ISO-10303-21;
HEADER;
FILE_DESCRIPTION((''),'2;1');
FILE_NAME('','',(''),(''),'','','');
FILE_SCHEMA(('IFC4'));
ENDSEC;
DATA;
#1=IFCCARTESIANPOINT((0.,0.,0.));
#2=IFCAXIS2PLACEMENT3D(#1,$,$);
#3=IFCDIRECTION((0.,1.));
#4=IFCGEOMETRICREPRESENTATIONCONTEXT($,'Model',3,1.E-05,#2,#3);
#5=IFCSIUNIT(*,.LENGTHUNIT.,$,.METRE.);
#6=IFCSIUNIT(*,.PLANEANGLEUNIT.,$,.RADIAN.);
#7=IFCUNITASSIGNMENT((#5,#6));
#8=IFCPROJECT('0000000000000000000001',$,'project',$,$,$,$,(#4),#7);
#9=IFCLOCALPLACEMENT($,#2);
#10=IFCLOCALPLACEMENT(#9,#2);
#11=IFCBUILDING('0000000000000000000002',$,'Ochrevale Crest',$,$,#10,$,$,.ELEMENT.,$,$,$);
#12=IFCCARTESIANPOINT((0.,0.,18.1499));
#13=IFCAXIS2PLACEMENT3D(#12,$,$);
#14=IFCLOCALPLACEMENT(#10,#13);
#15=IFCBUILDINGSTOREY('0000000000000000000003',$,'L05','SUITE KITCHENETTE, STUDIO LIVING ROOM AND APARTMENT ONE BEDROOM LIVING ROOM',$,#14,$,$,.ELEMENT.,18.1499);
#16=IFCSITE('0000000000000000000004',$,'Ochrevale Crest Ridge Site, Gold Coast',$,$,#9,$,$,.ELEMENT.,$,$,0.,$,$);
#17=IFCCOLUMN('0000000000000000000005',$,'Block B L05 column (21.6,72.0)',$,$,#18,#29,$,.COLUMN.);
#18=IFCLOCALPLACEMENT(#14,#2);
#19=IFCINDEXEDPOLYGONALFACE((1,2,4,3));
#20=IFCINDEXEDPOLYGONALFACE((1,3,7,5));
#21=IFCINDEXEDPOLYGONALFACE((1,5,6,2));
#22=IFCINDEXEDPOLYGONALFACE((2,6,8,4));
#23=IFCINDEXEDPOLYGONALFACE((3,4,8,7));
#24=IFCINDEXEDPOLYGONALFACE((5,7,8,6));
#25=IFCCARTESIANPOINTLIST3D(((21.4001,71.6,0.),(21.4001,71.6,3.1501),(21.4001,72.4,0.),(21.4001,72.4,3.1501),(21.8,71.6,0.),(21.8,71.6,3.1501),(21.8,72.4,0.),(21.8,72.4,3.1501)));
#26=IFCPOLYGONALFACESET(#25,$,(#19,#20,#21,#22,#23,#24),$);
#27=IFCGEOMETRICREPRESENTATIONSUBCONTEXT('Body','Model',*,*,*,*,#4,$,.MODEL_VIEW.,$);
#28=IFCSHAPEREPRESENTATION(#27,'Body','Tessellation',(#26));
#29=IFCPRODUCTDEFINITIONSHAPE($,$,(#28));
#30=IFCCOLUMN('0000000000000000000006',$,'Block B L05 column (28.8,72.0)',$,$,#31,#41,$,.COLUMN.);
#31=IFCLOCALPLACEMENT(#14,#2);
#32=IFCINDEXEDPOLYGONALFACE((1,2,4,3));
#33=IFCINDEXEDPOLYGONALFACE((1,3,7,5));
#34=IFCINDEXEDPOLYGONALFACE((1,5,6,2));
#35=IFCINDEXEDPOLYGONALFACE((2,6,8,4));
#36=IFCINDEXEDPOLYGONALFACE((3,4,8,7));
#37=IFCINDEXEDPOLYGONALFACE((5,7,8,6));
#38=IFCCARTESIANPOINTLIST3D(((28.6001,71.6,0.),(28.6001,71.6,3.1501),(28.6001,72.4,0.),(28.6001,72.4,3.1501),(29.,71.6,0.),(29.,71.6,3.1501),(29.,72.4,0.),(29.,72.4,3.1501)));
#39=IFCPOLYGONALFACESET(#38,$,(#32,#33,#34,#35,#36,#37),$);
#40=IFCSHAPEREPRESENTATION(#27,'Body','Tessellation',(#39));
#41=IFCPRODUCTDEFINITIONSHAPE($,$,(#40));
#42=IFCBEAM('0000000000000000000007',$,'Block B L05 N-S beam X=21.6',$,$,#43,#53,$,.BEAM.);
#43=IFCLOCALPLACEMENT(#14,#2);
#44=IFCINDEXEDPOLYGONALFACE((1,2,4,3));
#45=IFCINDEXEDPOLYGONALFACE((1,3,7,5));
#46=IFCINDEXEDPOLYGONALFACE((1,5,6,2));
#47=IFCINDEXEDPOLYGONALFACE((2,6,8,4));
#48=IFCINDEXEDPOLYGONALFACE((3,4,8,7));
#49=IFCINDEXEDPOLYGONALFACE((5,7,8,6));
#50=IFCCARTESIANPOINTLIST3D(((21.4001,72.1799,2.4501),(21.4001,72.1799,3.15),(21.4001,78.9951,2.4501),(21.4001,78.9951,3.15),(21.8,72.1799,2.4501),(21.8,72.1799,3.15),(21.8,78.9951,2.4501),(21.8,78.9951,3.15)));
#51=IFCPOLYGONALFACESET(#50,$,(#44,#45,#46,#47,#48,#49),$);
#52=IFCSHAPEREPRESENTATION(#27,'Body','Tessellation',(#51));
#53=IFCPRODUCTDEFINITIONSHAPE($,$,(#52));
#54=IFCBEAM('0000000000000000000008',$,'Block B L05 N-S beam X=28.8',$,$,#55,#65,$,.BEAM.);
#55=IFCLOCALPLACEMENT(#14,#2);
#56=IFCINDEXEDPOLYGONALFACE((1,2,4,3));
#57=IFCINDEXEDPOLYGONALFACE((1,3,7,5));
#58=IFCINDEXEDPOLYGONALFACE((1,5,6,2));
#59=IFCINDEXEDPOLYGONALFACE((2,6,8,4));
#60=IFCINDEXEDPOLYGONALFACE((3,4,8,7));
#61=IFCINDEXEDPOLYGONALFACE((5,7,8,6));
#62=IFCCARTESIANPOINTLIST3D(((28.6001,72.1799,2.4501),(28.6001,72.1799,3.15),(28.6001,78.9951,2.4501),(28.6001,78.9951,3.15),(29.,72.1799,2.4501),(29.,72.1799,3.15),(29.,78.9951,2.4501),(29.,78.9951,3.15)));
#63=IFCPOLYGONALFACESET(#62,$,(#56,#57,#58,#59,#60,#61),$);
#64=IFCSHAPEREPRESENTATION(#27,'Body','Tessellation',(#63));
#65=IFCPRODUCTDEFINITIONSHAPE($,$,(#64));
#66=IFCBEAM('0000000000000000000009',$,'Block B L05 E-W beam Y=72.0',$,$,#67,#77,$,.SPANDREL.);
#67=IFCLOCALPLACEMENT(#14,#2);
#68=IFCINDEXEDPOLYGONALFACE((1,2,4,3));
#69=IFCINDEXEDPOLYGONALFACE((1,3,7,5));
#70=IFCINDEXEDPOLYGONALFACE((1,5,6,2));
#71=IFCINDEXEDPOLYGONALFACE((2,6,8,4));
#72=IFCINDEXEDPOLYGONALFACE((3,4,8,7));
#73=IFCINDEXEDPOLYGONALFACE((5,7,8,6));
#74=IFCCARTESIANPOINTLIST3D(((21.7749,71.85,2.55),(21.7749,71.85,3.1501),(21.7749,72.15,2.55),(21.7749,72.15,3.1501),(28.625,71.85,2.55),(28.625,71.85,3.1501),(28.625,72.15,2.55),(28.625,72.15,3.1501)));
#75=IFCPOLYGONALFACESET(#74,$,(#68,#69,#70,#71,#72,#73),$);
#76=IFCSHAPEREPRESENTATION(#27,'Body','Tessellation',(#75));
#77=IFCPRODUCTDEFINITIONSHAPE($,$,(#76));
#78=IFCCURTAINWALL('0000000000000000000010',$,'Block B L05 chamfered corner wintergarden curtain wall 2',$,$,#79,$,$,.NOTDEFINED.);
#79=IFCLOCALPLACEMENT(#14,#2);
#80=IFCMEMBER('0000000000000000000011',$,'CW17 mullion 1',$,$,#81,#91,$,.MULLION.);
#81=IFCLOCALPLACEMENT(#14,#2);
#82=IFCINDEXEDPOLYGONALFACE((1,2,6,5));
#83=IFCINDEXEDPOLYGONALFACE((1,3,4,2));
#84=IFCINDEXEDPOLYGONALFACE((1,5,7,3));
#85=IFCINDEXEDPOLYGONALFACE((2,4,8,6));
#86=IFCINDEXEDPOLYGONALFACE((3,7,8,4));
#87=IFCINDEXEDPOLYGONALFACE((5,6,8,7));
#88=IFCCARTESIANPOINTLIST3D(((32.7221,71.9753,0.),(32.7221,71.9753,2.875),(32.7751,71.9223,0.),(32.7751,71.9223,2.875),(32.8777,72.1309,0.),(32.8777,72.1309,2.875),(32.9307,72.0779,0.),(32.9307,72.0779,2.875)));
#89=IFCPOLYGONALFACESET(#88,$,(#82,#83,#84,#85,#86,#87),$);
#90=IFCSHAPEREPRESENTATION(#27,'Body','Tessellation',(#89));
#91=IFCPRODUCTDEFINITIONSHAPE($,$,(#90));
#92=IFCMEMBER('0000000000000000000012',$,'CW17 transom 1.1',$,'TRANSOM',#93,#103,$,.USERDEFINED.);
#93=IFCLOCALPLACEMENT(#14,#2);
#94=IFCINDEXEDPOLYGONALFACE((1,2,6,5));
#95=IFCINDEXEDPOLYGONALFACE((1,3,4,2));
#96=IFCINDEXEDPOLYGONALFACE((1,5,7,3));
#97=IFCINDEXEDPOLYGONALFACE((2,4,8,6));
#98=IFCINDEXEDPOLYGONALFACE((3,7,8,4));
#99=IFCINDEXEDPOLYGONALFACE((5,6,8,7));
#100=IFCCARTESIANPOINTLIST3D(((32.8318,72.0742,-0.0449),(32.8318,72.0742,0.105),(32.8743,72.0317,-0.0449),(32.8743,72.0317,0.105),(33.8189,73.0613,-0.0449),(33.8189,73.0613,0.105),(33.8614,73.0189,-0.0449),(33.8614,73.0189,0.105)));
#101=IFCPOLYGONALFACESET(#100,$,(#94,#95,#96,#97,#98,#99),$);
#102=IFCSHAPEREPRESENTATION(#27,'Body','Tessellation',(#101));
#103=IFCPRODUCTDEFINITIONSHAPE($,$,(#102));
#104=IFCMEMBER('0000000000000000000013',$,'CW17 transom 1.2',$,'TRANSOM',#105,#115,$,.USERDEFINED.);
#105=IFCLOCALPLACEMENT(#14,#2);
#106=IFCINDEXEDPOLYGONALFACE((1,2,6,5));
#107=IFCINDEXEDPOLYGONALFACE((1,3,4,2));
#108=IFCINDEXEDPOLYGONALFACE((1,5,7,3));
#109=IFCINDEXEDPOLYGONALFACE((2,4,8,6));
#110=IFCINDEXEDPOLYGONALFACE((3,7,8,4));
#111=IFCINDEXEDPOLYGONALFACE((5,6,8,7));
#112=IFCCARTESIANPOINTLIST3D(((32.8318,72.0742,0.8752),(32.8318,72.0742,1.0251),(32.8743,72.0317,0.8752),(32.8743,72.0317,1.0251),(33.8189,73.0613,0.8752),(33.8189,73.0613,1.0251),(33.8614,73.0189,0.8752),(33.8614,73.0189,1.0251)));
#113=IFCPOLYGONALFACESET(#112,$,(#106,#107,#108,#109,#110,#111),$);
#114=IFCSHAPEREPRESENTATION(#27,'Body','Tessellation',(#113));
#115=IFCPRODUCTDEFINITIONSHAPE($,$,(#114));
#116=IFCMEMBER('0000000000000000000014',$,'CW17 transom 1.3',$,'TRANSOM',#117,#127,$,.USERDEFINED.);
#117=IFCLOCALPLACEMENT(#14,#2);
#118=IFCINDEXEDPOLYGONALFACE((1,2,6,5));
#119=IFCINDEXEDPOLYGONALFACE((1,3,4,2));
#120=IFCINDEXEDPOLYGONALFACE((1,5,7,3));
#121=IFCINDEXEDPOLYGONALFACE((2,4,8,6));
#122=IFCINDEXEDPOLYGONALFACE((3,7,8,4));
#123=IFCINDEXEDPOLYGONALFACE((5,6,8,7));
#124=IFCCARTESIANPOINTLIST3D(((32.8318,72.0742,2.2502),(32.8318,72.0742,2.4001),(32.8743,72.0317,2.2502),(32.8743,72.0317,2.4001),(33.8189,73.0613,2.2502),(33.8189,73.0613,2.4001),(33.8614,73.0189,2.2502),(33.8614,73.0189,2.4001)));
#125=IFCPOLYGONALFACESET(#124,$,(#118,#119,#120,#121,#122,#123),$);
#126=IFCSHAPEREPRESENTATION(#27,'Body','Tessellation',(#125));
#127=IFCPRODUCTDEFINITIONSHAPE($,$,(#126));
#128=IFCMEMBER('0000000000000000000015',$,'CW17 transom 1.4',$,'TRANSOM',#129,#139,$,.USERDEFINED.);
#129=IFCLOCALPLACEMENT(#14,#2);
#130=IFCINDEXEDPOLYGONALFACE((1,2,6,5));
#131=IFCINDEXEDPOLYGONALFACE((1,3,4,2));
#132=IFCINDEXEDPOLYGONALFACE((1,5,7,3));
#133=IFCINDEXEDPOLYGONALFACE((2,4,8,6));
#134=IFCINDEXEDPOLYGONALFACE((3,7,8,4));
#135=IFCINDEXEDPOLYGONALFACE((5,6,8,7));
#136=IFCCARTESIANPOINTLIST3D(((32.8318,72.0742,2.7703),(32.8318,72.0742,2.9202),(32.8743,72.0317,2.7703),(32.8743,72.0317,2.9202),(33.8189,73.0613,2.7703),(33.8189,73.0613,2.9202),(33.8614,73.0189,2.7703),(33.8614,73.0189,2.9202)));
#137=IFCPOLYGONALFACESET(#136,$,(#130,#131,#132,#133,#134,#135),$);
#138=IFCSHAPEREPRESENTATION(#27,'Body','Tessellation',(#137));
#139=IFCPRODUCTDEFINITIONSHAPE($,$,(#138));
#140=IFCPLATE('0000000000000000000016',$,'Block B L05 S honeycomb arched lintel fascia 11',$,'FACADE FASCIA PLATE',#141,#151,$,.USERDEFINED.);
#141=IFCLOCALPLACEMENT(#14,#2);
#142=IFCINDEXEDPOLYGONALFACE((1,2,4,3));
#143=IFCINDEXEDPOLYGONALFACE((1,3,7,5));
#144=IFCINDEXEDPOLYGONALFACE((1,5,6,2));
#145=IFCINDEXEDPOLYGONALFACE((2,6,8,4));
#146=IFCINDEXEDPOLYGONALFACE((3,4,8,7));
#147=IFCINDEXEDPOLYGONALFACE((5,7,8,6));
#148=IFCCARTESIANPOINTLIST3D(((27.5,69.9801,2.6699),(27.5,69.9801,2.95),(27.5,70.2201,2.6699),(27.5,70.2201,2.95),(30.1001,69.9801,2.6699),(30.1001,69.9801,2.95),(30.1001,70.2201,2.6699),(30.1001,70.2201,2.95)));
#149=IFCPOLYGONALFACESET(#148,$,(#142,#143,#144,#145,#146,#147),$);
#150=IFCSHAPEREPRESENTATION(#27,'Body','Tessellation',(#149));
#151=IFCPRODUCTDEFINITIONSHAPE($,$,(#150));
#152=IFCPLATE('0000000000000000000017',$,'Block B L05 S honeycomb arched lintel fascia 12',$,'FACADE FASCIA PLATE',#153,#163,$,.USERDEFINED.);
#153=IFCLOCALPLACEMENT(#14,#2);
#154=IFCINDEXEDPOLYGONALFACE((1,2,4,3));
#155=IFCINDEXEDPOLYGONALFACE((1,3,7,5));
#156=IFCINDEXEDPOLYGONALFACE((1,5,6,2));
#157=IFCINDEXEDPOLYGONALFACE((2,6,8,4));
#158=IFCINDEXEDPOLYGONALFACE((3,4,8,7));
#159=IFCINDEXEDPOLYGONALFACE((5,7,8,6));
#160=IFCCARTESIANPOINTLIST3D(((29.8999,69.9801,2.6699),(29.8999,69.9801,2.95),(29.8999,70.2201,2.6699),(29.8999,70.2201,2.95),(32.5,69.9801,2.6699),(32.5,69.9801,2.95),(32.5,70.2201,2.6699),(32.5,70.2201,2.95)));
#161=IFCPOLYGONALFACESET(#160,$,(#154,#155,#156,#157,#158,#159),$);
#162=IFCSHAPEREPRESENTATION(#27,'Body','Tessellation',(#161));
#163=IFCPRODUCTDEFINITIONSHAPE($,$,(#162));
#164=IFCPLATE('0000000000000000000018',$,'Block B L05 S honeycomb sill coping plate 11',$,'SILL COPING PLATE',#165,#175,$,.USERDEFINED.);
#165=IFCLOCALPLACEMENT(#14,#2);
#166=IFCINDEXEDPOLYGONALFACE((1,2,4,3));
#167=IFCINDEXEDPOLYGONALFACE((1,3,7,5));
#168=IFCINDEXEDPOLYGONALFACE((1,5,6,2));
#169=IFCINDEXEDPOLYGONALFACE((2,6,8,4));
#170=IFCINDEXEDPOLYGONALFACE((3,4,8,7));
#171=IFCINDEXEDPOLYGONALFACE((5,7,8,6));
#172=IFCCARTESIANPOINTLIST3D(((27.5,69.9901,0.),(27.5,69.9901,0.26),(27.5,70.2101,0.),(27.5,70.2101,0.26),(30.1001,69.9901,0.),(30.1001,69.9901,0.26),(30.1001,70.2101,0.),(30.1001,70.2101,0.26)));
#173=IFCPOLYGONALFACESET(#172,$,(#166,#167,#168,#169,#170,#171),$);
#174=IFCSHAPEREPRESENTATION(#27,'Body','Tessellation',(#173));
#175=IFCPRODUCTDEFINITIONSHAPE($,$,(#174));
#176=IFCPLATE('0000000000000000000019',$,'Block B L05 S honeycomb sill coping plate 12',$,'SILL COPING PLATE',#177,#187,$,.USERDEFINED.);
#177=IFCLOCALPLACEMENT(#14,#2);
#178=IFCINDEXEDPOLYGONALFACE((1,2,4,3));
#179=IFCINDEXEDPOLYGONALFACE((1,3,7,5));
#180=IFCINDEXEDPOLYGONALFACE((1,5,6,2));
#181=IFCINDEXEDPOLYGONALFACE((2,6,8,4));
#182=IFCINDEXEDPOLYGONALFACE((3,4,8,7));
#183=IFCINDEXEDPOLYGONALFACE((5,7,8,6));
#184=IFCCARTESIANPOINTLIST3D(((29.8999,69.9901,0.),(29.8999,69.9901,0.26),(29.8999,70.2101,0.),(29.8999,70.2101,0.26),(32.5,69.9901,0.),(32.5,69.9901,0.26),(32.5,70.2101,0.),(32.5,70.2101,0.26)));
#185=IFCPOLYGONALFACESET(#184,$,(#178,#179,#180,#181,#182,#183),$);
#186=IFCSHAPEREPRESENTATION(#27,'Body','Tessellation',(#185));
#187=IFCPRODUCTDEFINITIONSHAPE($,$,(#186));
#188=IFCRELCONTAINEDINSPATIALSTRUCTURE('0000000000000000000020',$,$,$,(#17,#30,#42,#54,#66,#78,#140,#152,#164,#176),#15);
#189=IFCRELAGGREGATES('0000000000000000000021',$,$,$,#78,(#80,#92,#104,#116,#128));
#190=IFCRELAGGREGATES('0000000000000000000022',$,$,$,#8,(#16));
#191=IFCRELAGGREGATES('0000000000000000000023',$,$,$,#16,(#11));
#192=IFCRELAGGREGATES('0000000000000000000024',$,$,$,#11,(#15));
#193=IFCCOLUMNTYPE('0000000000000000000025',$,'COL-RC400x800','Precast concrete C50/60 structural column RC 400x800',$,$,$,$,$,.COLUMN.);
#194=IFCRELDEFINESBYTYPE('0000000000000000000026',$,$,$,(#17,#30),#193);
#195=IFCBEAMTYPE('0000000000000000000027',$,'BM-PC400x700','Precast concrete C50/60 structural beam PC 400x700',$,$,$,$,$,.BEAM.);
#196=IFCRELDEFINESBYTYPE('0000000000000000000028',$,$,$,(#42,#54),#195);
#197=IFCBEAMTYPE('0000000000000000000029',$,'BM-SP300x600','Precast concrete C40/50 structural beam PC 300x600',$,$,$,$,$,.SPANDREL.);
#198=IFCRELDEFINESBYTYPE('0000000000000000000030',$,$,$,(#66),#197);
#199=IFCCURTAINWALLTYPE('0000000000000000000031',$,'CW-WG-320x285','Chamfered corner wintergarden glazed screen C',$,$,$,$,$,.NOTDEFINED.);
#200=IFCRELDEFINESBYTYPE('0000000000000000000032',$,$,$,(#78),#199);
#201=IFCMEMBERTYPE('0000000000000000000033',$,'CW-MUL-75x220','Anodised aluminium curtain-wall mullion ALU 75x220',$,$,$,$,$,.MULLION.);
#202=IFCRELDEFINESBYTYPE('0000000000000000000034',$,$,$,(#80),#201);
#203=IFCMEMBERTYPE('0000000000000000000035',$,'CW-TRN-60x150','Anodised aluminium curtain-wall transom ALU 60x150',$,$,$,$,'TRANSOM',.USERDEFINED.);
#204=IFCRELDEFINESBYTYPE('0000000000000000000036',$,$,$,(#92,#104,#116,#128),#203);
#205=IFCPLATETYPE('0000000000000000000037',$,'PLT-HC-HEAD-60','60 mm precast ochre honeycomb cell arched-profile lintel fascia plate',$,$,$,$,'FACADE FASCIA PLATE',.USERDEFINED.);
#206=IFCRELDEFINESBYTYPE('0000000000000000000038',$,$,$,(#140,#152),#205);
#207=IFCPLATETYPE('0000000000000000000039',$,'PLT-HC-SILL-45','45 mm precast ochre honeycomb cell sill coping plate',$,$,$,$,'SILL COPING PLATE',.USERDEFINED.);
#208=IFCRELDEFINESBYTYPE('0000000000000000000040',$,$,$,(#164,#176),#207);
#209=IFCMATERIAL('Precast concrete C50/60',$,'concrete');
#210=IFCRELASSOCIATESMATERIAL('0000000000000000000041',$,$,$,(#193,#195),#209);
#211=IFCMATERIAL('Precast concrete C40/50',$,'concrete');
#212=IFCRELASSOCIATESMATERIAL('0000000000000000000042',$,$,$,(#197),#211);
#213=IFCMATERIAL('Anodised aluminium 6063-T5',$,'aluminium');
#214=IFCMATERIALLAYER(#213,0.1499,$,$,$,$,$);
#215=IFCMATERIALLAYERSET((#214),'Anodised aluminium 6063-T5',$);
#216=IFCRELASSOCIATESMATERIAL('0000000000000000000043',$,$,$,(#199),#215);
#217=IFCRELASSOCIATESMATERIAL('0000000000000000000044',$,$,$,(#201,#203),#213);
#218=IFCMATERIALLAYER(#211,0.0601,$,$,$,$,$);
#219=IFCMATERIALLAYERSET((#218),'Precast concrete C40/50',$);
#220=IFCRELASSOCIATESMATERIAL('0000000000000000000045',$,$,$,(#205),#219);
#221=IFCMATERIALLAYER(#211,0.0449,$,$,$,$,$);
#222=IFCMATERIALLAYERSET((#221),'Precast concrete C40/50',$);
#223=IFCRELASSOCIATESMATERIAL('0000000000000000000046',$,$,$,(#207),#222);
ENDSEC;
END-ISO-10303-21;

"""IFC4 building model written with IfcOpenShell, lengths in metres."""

from ifc_helpers import new_model, si_unit, direction, frame, origin, origin_2d, place, context, subcontext, project, spatial, rectangle, extrude, material, layer, layer_set, material_profile, profile_set, type_object, element, aggregate, save


model = new_model("IFC4")

# Units and contexts
model_context = context("Model", 3, precision=1e-05, world=origin(), true_north=direction((0.0, 1.0)))
body_context = subcontext(model_context, "Body", "Model", "MODEL_VIEW")
ifc_project = project(units=[si_unit("LENGTHUNIT", "METRE"), si_unit("PLANEANGLEUNIT", "RADIAN")], contexts=[model_context])

# Site, building, storey
site_placement = place(None, origin())
site = spatial("IfcSite", under=ifc_project, at=site_placement, Name="Ochrevale Crest Ridge Site, Gold Coast", CompositionType="ELEMENT", RefElevation=0.0)
building_placement = place(site_placement, origin())
building = spatial("IfcBuilding", under=site, at=building_placement, Name="Ochrevale Crest", CompositionType="ELEMENT")
storey_placement = place(building_placement, frame((0.0, 0.0, 18.1499)))
storey = spatial("IfcBuildingStorey", under=building, at=storey_placement, Name="L05", Description="SUITE KITCHENETTE, STUDIO LIVING ROOM AND APARTMENT ONE BEDROOM LIVING ROOM", CompositionType="ELEMENT", Elevation=18.1499)

# Columns
ifc_material_1 = material(Name="Precast concrete C50/60", Category="concrete")
ifc_material_profile_1 = material_profile(ifc_material_1, rectangle(XDim=0.3999, YDim=0.8, at=origin_2d()), Name="RC 400x800")
ifc_profile_set_1 = profile_set([ifc_material_profile_1], Name="Precast concrete C50/60")
column_type = type_object("IfcColumnType", Name="COL-RC400x800", Description="Precast concrete C50/60 structural column RC 400x800", PredefinedType="COLUMN", material=ifc_profile_set_1)
for number, where, z_axis, x_axis, name in (
    (1, (21.6001, 72.0, 0.0), (0.0, 0.0, 1.0), (1.0, 0.0, 0.0), "Block B L05 column (21.6,72.0)"),
    (2, (28.8, 72.0, 0.0), (0.0, 0.0, 1.0), (1.0, 0.0, 0.0), "Block B L05 column (28.8,72.0)"),
):
    element("IfcColumn", number, at=place(storey_placement, frame(where, z_axis=z_axis, x_axis=x_axis)), inside=storey, type_object=column_type, Name=name, PredefinedType="COLUMN", context=body_context, shape_type="SweptSolid", body=[
        extrude(rectangle(XDim=0.3999, YDim=0.8, at=origin_2d()), origin(), (0.0, 0.0, 1.0), 3.1501),
    ])

# Beams
ifc_material_profile_2 = material_profile(ifc_material_1, rectangle(XDim=0.3999, YDim=0.7, at=origin_2d()), Name="PC 400x700")
ifc_profile_set_2 = profile_set([ifc_material_profile_2], Name="Precast concrete C50/60")
beam_type_1 = type_object("IfcBeamType", Name="BM-PC400x700", Description="Precast concrete C50/60 structural beam PC 400x700", PredefinedType="BEAM", material=ifc_profile_set_2)
for number, where, z_axis, x_axis, name in (
    (3, (21.6001, 72.1799, 2.8), (0.0, 1.0, 0.0), (-1.0, 0.0, 0.0), "Block B L05 N-S beam X=21.6"),
    (4, (28.8, 72.1799, 2.8), (0.0, 1.0, 0.0), (-1.0, 0.0, 0.0), "Block B L05 N-S beam X=28.8"),
):
    element("IfcBeam", number, at=place(storey_placement, frame(where, z_axis=z_axis, x_axis=x_axis)), inside=storey, type_object=beam_type_1, Name=name, PredefinedType="BEAM", context=body_context, shape_type="SweptSolid", body=[
        extrude(rectangle(XDim=0.3999, YDim=0.7, at=origin_2d()), origin(), (0.0, 0.0, 1.0), 6.8152),
    ])
ifc_material_2 = material(Name="Precast concrete C40/50", Category="concrete")
ifc_material_profile_3 = material_profile(ifc_material_2, rectangle(XDim=0.3, YDim=0.6001, at=origin_2d()), Name="PC 300x600")
ifc_profile_set_3 = profile_set([ifc_material_profile_3], Name="Precast concrete C40/50")
beam_type_2 = type_object("IfcBeamType", Name="BM-SP300x600", Description="Precast concrete C40/50 structural beam PC 300x600", PredefinedType="SPANDREL", material=ifc_profile_set_3)
beam_placement = place(storey_placement, frame((21.7749, 72.0, 2.8501), z_axis=(1.0, 0.0, 0.0), x_axis=(0.0, 1.0, 0.0)))
element("IfcBeam", 5, at=beam_placement, inside=storey, type_object=beam_type_2, Name="Block B L05 E-W beam Y=72.0", PredefinedType="SPANDREL", context=body_context, shape_type="SweptSolid", body=[
    extrude(rectangle(XDim=0.3, YDim=0.6001, at=origin_2d()), origin(), (0.0, 0.0, 1.0), 6.8501),
])

# Curtain wall, members
ifc_material_3 = material(Name="Anodised aluminium 6063-T5", Category="aluminium")
ifc_layer_1 = layer(ifc_material_3, 0.1499)
ifc_layer_set_1 = layer_set([ifc_layer_1], Name="Anodised aluminium 6063-T5")
curtain_wall_type = type_object("IfcCurtainWallType", Name="CW-WG-320x285", Description="Chamfered corner wintergarden glazed screen C", PredefinedType="NOTDEFINED", material=ifc_layer_set_1)
curtain_wall_placement = place(storey_placement, origin())
curtain_wall = element("IfcCurtainWall", 6, at=curtain_wall_placement, inside=storey, type_object=curtain_wall_type, Name="Block B L05 chamfered corner wintergarden curtain wall 2", PredefinedType="NOTDEFINED")
ifc_material_profile_4 = material_profile(ifc_material_3, rectangle(XDim=0.075, YDim=0.22, at=origin_2d()), Name="ALU 75x220")
ifc_profile_set_4 = profile_set([ifc_material_profile_4], Name="Anodised aluminium 6063-T5")
member_type_1 = type_object("IfcMemberType", Name="CW-MUL-75x220", Description="Anodised aluminium curtain-wall mullion ALU 75x220", PredefinedType="MULLION", material=ifc_profile_set_4)
member_1_placement = place(storey_placement, frame((32.8264, 72.0266, 0.0), z_axis=(0.0, 0.0, 1.0), x_axis=(-0.707107, 0.707107, 0.0)))
member_1 = element("IfcMember", 7, at=member_1_placement, type_object=member_type_1, Name="CW17 mullion 1", PredefinedType="MULLION", context=body_context, shape_type="SweptSolid", body=[
    extrude(rectangle(XDim=0.075, YDim=0.22, at=origin_2d()), origin(), (0.0, 0.0, 1.0), 2.875),
])
ifc_material_profile_5 = material_profile(ifc_material_3, rectangle(XDim=0.0601, YDim=0.1499, at=origin_2d()), Name="ALU 60x150")
ifc_profile_set_5 = profile_set([ifc_material_profile_5], Name="Anodised aluminium 6063-T5")
member_type_2 = type_object("IfcMemberType", Name="CW-TRN-60x150", Description="Anodised aluminium curtain-wall transom ALU 60x150", ElementType="TRANSOM", PredefinedType="USERDEFINED", material=ifc_profile_set_5)
member_2_placement = place(storey_placement, frame((32.853, 72.053, 0.03), z_axis=(0.707107, 0.707107, 0.0), x_axis=(-0.707107, 0.707107, 0.0)))
member_2 = element("IfcMember", 8, at=member_2_placement, type_object=member_type_2, Name="CW17 transom 1.1", ObjectType="TRANSOM", PredefinedType="USERDEFINED", context=body_context, shape_type="SweptSolid", body=[
    extrude(rectangle(XDim=0.0601, YDim=0.1499, at=origin_2d()), origin(), (0.0, 0.0, 1.0), 1.396),
])
member_3_placement = place(storey_placement, frame((32.853, 72.053, 0.9502), z_axis=(0.707107, 0.707107, 0.0), x_axis=(-0.707107, 0.707107, 0.0)))
member_3 = element("IfcMember", 9, at=member_3_placement, type_object=member_type_2, Name="CW17 transom 1.2", ObjectType="TRANSOM", PredefinedType="USERDEFINED", context=body_context, shape_type="SweptSolid", body=[
    extrude(rectangle(XDim=0.0601, YDim=0.1499, at=origin_2d()), origin(), (0.0, 0.0, 1.0), 1.396),
])
member_4_placement = place(storey_placement, frame((32.853, 72.053, 2.3252), z_axis=(0.707107, 0.707107, 0.0), x_axis=(-0.707107, 0.707107, 0.0)))
member_4 = element("IfcMember", 10, at=member_4_placement, type_object=member_type_2, Name="CW17 transom 1.3", ObjectType="TRANSOM", PredefinedType="USERDEFINED", context=body_context, shape_type="SweptSolid", body=[
    extrude(rectangle(XDim=0.0601, YDim=0.1499, at=origin_2d()), origin(), (0.0, 0.0, 1.0), 1.396),
])
member_5_placement = place(storey_placement, frame((32.853, 72.053, 2.8452), z_axis=(0.707107, 0.707107, 0.0), x_axis=(-0.707107, 0.707107, 0.0)))
member_5 = element("IfcMember", 11, at=member_5_placement, type_object=member_type_2, Name="CW17 transom 1.4", ObjectType="TRANSOM", PredefinedType="USERDEFINED", context=body_context, shape_type="SweptSolid", body=[
    extrude(rectangle(XDim=0.0601, YDim=0.1499, at=origin_2d()), origin(), (0.0, 0.0, 1.0), 1.396),
])
aggregate(curtain_wall, [member_1, member_2, member_3, member_4, member_5])

# Plates
ifc_layer_2 = layer(ifc_material_2, 0.0601)
ifc_layer_set_2 = layer_set([ifc_layer_2], Name="Precast concrete C40/50")
plate_type_1 = type_object("IfcPlateType", Name="PLT-HC-HEAD-60", Description="60 mm precast ochre honeycomb cell arched-profile lintel fascia plate", ElementType="FACADE FASCIA PLATE", PredefinedType="USERDEFINED", material=ifc_layer_set_2)
for number, where, z_axis, x_axis, name in (
    (12, (28.8, 70.1001, 2.6699), (0.0, 0.0, 1.0), (1.0, 0.0, 0.0), "Block B L05 S honeycomb arched lintel fascia 11"),
    (13, (31.2, 70.1001, 2.6699), (0.0, 0.0, 1.0), (1.0, 0.0, 0.0), "Block B L05 S honeycomb arched lintel fascia 12"),
):
    element("IfcPlate", number, at=place(storey_placement, frame(where, z_axis=z_axis, x_axis=x_axis)), inside=storey, type_object=plate_type_1, Name=name, ObjectType="FACADE FASCIA PLATE", PredefinedType="USERDEFINED", context=body_context, shape_type="SweptSolid", body=[
        extrude(rectangle(XDim=2.6001, YDim=0.24, at=origin_2d()), origin(), (0.0, 0.0, 1.0), 0.28),
    ])
ifc_layer_3 = layer(ifc_material_2, 0.0449)
ifc_layer_set_3 = layer_set([ifc_layer_3], Name="Precast concrete C40/50")
plate_type_2 = type_object("IfcPlateType", Name="PLT-HC-SILL-45", Description="45 mm precast ochre honeycomb cell sill coping plate", ElementType="SILL COPING PLATE", PredefinedType="USERDEFINED", material=ifc_layer_set_3)
for number, where, z_axis, x_axis, name in (
    (14, (28.8, 70.1001, 0.0), (0.0, 0.0, 1.0), (1.0, 0.0, 0.0), "Block B L05 S honeycomb sill coping plate 11"),
    (15, (31.2, 70.1001, 0.0), (0.0, 0.0, 1.0), (1.0, 0.0, 0.0), "Block B L05 S honeycomb sill coping plate 12"),
):
    element("IfcPlate", number, at=place(storey_placement, frame(where, z_axis=z_axis, x_axis=x_axis)), inside=storey, type_object=plate_type_2, Name=name, ObjectType="SILL COPING PLATE", PredefinedType="USERDEFINED", context=body_context, shape_type="SweptSolid", body=[
        extrude(rectangle(XDim=2.6001, YDim=0.22, at=origin_2d()), origin(), (0.0, 0.0, 1.0), 0.26),
    ])

save(model, "model.ifc")
